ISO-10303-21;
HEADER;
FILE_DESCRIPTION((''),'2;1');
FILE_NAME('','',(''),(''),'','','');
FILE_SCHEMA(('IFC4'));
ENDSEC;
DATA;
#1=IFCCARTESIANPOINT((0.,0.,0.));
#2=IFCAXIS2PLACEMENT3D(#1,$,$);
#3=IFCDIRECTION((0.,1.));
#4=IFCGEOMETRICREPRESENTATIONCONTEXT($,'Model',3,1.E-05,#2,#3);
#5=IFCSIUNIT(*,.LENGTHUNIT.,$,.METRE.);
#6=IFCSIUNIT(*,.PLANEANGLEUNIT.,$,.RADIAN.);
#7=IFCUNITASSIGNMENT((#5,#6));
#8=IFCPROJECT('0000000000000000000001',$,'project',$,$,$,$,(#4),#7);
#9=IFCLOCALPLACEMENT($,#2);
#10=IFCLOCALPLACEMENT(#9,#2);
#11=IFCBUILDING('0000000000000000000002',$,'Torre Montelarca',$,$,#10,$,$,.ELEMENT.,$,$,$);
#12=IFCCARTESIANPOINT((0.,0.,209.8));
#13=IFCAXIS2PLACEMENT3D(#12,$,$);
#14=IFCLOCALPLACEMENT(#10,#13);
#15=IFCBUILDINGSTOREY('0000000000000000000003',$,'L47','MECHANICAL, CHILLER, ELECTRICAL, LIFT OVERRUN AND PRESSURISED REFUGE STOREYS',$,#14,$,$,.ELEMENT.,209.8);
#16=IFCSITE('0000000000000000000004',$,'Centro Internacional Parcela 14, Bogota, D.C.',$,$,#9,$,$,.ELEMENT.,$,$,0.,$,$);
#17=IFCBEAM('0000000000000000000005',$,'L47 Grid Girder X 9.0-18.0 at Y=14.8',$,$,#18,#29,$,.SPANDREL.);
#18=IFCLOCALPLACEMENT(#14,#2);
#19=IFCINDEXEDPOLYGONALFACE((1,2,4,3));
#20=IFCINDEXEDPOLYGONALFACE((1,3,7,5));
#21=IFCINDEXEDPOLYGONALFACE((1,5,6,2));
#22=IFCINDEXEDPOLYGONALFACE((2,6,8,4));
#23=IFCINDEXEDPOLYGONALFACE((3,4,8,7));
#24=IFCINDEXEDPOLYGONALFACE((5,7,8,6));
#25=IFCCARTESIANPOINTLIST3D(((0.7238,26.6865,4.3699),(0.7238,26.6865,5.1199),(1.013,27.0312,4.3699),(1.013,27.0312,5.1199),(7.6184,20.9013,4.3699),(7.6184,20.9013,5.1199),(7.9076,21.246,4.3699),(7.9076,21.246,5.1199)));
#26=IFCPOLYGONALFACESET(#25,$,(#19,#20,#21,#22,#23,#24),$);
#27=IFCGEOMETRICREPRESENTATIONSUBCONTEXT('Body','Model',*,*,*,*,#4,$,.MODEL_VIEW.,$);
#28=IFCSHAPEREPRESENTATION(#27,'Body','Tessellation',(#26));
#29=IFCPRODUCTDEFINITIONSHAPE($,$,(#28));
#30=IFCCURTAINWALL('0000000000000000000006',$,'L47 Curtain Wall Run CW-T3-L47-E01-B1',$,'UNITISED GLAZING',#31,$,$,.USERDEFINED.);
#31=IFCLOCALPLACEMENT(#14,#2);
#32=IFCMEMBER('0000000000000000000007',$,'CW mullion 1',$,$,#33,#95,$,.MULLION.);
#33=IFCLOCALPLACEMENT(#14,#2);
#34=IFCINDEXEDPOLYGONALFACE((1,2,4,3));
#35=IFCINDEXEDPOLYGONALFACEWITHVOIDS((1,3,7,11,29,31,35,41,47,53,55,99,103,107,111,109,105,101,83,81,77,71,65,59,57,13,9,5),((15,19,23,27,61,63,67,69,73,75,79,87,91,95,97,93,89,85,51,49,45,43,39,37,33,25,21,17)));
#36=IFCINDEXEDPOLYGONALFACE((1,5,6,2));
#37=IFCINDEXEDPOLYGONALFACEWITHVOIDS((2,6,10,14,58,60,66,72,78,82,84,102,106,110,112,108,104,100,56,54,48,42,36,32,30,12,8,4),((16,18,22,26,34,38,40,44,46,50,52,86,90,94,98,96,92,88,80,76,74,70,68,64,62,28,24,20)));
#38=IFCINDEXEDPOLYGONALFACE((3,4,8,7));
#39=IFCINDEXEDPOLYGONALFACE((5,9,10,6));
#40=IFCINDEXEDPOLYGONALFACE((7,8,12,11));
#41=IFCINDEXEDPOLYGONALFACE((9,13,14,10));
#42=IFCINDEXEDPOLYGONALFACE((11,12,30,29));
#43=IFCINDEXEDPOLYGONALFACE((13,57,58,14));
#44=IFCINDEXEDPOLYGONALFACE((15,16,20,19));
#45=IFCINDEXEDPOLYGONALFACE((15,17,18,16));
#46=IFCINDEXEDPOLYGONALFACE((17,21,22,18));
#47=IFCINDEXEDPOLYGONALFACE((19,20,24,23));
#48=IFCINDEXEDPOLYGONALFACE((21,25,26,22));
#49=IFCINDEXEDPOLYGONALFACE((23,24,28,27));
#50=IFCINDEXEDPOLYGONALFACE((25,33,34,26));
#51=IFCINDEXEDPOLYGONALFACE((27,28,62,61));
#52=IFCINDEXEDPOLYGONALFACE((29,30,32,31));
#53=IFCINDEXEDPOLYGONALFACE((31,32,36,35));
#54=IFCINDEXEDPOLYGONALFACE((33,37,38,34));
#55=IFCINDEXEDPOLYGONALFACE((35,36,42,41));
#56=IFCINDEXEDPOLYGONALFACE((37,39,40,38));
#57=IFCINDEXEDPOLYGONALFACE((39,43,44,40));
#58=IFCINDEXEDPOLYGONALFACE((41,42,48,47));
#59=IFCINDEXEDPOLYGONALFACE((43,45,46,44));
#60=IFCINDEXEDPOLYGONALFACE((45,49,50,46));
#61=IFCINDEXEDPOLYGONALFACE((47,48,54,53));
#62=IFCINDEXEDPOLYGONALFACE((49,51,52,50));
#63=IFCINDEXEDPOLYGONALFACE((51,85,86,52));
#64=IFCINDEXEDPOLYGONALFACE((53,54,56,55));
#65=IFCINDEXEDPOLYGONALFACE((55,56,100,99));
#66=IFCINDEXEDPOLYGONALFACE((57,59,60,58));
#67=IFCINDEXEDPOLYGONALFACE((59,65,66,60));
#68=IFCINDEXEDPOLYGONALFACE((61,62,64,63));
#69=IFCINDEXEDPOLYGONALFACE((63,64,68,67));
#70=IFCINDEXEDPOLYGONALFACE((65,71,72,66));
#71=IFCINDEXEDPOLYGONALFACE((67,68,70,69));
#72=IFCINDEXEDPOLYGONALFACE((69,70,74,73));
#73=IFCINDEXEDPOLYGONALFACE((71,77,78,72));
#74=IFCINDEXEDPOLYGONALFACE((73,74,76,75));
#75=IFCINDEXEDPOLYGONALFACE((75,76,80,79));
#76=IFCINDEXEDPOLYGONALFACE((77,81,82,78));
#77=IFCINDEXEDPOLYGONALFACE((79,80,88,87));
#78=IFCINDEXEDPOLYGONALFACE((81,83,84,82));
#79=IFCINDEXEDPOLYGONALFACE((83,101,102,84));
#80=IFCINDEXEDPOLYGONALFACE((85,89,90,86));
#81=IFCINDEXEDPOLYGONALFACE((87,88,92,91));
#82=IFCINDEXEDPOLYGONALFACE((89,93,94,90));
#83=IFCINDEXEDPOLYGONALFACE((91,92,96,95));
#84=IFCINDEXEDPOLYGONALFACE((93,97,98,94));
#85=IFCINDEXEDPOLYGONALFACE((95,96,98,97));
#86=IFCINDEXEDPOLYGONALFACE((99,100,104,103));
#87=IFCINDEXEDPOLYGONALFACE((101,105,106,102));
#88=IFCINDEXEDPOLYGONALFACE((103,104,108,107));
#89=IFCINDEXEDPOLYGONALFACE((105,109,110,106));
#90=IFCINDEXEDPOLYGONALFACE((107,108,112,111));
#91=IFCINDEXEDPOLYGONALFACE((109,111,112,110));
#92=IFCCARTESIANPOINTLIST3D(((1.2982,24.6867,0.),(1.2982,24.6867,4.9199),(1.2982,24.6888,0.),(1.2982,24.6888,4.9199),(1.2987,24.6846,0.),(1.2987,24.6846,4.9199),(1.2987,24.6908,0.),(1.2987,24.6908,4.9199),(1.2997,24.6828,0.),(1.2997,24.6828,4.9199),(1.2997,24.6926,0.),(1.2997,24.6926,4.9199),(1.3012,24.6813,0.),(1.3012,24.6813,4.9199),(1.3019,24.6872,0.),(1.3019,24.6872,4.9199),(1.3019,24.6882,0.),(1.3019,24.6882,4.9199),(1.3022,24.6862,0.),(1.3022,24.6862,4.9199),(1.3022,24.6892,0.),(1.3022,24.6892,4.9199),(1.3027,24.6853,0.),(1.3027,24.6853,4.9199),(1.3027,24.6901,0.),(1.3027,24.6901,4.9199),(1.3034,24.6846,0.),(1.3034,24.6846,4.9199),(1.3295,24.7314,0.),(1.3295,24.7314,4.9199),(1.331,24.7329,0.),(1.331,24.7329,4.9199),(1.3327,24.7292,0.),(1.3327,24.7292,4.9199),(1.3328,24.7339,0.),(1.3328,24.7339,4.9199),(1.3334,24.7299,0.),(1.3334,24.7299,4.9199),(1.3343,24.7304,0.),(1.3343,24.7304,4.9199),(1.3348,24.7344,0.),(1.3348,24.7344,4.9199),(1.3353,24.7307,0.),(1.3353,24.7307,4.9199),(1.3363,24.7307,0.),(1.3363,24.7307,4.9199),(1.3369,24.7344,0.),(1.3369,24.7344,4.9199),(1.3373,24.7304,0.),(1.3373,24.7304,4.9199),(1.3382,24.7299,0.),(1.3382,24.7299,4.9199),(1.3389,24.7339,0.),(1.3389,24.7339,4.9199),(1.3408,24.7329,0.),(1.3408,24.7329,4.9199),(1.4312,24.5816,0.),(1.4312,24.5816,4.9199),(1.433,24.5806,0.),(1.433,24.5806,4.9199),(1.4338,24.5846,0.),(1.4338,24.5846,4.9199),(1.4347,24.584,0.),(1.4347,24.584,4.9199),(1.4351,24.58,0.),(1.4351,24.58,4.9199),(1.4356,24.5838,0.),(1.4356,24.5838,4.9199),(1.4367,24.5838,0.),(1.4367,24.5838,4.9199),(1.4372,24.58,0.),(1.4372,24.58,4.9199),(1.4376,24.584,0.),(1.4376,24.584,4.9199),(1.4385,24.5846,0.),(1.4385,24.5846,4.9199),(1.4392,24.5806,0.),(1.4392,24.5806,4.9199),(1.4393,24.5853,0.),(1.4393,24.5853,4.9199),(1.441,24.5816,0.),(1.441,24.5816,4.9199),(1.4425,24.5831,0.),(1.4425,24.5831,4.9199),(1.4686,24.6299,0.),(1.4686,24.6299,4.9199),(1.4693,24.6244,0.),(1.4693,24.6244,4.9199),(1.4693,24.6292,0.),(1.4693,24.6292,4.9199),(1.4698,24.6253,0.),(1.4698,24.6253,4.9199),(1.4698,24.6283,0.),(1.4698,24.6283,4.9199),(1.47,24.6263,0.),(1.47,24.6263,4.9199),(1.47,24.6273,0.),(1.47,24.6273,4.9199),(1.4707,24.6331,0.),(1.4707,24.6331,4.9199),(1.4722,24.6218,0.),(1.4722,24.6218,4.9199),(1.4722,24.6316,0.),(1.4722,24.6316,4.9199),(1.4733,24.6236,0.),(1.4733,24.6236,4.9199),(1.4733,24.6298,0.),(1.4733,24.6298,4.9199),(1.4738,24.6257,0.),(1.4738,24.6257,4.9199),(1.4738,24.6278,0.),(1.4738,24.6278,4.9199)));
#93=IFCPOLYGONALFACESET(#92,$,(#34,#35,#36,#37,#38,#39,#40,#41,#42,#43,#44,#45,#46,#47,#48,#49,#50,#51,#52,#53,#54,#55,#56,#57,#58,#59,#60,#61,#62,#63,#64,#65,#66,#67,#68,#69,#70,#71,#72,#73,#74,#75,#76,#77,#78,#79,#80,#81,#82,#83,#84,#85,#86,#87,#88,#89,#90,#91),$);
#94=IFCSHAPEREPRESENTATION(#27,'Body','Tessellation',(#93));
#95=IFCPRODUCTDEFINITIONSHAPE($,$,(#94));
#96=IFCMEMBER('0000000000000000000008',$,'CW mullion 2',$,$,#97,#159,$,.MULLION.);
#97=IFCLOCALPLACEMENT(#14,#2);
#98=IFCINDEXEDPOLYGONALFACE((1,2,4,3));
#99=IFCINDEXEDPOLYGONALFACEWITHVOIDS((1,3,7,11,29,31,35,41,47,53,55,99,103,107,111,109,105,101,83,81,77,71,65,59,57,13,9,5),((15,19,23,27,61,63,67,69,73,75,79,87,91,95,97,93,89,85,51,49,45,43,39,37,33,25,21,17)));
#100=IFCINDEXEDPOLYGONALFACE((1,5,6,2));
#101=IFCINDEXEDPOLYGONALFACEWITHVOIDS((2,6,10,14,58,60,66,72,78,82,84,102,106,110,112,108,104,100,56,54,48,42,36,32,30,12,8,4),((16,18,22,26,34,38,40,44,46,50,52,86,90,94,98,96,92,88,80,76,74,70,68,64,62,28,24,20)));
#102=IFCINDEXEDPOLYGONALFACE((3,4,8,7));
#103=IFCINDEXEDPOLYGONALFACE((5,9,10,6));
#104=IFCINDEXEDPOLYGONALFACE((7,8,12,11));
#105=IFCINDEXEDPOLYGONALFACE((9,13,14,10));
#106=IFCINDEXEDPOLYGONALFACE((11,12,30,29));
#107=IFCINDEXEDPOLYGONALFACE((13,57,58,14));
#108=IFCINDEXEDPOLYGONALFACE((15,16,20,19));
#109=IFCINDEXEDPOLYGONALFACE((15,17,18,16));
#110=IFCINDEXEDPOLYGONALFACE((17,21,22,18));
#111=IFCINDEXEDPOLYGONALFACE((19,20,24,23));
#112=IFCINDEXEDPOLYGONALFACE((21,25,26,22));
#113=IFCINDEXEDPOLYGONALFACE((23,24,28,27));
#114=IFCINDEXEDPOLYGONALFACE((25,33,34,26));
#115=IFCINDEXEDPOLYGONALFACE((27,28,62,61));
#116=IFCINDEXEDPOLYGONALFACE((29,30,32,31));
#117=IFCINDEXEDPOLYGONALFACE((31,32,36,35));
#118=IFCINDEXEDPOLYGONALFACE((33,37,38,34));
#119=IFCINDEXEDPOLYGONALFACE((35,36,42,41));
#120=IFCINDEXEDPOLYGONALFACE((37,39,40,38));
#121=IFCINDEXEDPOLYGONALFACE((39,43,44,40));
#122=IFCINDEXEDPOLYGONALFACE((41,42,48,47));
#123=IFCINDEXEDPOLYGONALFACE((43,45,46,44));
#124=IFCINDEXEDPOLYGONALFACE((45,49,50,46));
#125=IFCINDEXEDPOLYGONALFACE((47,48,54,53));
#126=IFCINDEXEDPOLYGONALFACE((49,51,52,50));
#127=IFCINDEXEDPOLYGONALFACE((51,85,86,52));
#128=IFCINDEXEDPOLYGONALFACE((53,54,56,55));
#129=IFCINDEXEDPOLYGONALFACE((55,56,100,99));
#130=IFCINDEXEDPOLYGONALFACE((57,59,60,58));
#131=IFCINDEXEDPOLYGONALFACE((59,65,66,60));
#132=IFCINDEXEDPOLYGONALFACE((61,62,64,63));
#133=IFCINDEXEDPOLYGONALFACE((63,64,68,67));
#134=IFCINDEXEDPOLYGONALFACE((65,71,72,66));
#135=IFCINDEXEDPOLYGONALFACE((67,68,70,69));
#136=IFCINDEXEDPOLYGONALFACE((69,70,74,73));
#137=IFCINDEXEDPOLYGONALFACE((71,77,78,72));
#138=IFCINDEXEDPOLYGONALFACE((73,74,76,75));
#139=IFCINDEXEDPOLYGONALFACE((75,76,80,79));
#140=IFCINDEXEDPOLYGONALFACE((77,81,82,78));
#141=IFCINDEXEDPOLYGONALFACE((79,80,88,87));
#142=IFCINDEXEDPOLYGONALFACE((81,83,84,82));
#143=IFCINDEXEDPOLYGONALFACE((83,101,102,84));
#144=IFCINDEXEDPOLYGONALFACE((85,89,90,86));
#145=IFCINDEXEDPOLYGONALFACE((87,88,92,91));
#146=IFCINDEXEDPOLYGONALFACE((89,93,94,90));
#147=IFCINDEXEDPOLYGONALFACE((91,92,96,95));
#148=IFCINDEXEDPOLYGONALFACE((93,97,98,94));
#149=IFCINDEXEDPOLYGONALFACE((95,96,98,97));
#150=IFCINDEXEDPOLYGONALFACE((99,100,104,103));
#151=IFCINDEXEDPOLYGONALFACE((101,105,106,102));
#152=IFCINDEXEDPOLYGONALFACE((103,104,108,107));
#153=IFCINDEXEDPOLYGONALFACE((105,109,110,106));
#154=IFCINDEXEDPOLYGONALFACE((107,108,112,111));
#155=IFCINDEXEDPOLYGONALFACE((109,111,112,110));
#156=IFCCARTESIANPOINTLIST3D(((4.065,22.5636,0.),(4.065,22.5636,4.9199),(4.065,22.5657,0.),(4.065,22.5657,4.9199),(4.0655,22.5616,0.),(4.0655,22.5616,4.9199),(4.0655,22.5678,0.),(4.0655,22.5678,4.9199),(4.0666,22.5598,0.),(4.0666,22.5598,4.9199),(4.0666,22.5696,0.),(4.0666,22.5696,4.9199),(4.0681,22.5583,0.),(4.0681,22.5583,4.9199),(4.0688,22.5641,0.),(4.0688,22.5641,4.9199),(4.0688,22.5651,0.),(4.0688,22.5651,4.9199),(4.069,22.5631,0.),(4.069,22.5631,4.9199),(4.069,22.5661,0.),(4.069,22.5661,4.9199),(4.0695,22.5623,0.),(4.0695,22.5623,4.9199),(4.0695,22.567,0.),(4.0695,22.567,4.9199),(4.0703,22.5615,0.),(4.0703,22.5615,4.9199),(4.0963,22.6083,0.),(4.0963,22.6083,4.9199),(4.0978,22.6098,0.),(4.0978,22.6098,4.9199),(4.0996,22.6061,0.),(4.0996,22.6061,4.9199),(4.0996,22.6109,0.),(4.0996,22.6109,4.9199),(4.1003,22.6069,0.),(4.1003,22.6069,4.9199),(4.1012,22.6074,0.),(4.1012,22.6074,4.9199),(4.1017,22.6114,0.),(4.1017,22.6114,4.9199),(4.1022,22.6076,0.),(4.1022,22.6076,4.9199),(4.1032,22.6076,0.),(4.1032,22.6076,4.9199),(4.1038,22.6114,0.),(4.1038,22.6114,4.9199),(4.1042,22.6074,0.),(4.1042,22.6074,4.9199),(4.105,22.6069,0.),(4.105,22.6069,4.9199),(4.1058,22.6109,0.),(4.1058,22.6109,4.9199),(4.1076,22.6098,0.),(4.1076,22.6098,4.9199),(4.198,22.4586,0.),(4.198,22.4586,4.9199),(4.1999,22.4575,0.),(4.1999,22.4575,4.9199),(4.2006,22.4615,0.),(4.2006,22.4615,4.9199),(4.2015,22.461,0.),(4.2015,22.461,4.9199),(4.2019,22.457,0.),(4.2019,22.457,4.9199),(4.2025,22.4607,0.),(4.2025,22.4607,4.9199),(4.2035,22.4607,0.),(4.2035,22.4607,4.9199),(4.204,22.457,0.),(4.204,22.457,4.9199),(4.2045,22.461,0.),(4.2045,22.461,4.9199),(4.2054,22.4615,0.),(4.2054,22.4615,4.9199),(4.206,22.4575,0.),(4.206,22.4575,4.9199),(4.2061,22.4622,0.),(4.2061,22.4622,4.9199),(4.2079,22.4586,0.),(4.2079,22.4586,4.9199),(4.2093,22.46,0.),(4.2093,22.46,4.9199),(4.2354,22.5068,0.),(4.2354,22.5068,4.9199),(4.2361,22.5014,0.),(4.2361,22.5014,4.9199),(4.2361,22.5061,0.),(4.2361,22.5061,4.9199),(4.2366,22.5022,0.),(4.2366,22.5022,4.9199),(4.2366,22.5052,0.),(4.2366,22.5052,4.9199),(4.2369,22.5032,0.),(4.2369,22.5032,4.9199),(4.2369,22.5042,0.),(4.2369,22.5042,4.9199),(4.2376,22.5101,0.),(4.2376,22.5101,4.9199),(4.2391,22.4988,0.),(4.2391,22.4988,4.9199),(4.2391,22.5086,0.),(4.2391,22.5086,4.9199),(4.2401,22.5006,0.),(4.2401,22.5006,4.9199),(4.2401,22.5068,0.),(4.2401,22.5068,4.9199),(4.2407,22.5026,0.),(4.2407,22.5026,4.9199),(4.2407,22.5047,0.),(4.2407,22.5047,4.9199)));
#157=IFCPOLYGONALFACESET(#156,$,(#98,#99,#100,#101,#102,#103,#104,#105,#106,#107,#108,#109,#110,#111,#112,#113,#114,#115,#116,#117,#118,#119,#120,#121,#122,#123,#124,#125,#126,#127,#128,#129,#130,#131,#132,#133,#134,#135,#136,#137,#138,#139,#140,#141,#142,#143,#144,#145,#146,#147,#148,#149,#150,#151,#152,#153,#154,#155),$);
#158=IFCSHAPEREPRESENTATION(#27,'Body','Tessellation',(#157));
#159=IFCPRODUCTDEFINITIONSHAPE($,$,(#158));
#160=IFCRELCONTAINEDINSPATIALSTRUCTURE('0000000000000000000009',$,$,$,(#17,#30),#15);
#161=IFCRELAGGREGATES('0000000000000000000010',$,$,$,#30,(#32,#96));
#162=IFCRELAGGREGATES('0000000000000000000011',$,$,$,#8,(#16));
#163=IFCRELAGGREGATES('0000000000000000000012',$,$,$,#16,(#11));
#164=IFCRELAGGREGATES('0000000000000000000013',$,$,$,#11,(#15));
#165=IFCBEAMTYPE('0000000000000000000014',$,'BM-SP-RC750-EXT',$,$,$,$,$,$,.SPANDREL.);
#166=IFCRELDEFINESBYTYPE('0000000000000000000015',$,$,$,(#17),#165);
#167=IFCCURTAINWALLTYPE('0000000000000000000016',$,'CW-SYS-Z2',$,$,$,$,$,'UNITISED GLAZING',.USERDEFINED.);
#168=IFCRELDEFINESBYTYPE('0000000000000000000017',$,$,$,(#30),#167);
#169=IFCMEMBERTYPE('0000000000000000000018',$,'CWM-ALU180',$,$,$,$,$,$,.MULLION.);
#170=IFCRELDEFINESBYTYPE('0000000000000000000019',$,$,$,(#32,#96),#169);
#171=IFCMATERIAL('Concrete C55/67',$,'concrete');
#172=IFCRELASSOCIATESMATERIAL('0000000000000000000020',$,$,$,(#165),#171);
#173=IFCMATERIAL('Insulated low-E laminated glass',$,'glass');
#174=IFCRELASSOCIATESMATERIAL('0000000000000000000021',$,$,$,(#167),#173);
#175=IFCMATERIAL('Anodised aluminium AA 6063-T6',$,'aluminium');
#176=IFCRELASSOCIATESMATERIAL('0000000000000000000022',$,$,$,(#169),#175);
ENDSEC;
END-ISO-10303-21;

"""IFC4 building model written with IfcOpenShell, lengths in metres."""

from ifc_helpers import new_model, si_unit, direction, frame, origin, origin_2d, place, context, subcontext, project, spatial, rectangle, hollow_rectangle, extrude, source, transform, mapped, material, material_profile, profile_set, type_object, element, aggregate, save


model = new_model("IFC4")

# Units and contexts
model_context = context("Model", 3, precision=1e-05, world=origin(), true_north=direction((0.0, 1.0)))
body_context = subcontext(model_context, "Body", "Model", "MODEL_VIEW")
ifc_project = project(units=[si_unit("LENGTHUNIT", "METRE"), si_unit("PLANEANGLEUNIT", "RADIAN")], contexts=[model_context])

# Site, building, storey
site_placement = place(None, origin())
site = spatial("IfcSite", under=ifc_project, at=site_placement, Name="Centro Internacional Parcela 14, Bogota, D.C.", CompositionType="ELEMENT", RefElevation=0.0)
building_placement = place(site_placement, origin())
building = spatial("IfcBuilding", under=site, at=building_placement, Name="Torre Montelarca", CompositionType="ELEMENT")
storey_placement = place(building_placement, frame((0.0, 0.0, 209.8)))
storey = spatial("IfcBuildingStorey", under=building, at=storey_placement, Name="L47", Description="MECHANICAL, CHILLER, ELECTRICAL, LIFT OVERRUN AND PRESSURISED REFUGE STOREYS", CompositionType="ELEMENT", Elevation=209.8)

# Shared definitions
ifc_material_1 = material(Name="Concrete C55/67", Category="concrete")

# Beam
ifc_material_profile_1 = material_profile(ifc_material_1, rectangle(XDim=0.45, YDim=0.75, at=origin_2d()), Name="RCB450X750", Category="concrete")
ifc_profile_set_1 = profile_set([ifc_material_profile_1], Name="Concrete C55/67")
beam_type = type_object("IfcBeamType", Name="BM-SP-RC750-EXT", PredefinedType="SPANDREL", material=ifc_profile_set_1)
shared_shape_1 = source(origin(), body_context, "Body", "SweptSolid", [
    extrude(rectangle(XDim=0.45, YDim=0.75, at=origin_2d()), origin(), (0.0, 0.0, 1.0), 9.0002),
])
beam_placement = place(storey_placement, frame((0.8684, 26.8589, 4.7449), z_axis=(0.766047, -0.642785, 0.0), x_axis=(0.642785, 0.766047, 0.0)))
element("IfcBeam", 1, at=beam_placement, inside=storey, type_object=beam_type, Name="L47 Grid Girder X 9.0-18.0 at Y=14.8", PredefinedType="SPANDREL", context=body_context, shape_type="MappedRepresentation", body=[
    mapped(shared_shape_1, transform((0.0, 0.0, 0.0), scale=1.0)),
])

# Curtain wall, members
ifc_material_2 = material(Name="Insulated low-E laminated glass", Category="glass")
curtain_wall_type = type_object("IfcCurtainWallType", Name="CW-SYS-Z2", ElementType="UNITISED GLAZING", PredefinedType="USERDEFINED", material=ifc_material_2)
curtain_wall_1_placement = place(storey_placement, origin())
curtain_wall_1 = element("IfcCurtainWall", 2, at=curtain_wall_1_placement, inside=storey, type_object=curtain_wall_type, Name="L47 Curtain Wall Run CW-T3-L47-E01-B1", ObjectType="UNITISED GLAZING", PredefinedType="USERDEFINED")
ifc_material_3 = material(Name="Anodised aluminium AA 6063-T6", Category="aluminium")
ifc_material_profile_2 = material_profile(ifc_material_3, hollow_rectangle(XDim=0.0649, YDim=0.1799, WallThickness=0.0039, InnerFilletRadius=0.0039, OuterFilletRadius=0.0081, at=origin_2d()), Name="ALU65X180X4", Category="aluminium")
ifc_profile_set_2 = profile_set([ifc_material_profile_2], Name="Anodised aluminium AA 6063-T6")
member_type_1 = type_object("IfcMemberType", Name="CWM-ALU180", PredefinedType="MULLION", material=ifc_profile_set_2)
shared_shape_2 = source(origin(), body_context, "Body", "SweptSolid", [
    extrude(hollow_rectangle(XDim=0.0649, YDim=0.1799, WallThickness=0.0039, InnerFilletRadius=0.0039, OuterFilletRadius=0.0081, at=origin_2d()), origin(), (0.0, 0.0, 1.0), 4.9199),
])
member_1_placement = place(storey_placement, frame((1.386, 24.6572, 0.0), z_axis=(0.0, 0.0, 1.0), x_axis=(0.608764, 0.793352, 0.0)))
member_1 = element("IfcMember", 3, at=member_1_placement, type_object=member_type_1, Name="CW mullion 1", PredefinedType="MULLION", context=body_context, shape_type="MappedRepresentation", body=[
    mapped(shared_shape_2, transform((0.0, 0.0, 0.0), scale=1.0)),
])
member_2_placement = place(storey_placement, frame((4.1528, 22.5342, 0.0), z_axis=(0.0, 0.0, 1.0), x_axis=(0.608764, 0.793352, 0.0)))
member_2 = element("IfcMember", 4, at=member_2_placement, type_object=member_type_1, Name="CW mullion 2", PredefinedType="MULLION", context=body_context, shape_type="MappedRepresentation", body=[
    mapped(shared_shape_2, transform((0.0, 0.0, 0.0), scale=1.0)),
])

aggregate(curtain_wall_1, [member_1, member_2])

save(model, "model.ifc")
